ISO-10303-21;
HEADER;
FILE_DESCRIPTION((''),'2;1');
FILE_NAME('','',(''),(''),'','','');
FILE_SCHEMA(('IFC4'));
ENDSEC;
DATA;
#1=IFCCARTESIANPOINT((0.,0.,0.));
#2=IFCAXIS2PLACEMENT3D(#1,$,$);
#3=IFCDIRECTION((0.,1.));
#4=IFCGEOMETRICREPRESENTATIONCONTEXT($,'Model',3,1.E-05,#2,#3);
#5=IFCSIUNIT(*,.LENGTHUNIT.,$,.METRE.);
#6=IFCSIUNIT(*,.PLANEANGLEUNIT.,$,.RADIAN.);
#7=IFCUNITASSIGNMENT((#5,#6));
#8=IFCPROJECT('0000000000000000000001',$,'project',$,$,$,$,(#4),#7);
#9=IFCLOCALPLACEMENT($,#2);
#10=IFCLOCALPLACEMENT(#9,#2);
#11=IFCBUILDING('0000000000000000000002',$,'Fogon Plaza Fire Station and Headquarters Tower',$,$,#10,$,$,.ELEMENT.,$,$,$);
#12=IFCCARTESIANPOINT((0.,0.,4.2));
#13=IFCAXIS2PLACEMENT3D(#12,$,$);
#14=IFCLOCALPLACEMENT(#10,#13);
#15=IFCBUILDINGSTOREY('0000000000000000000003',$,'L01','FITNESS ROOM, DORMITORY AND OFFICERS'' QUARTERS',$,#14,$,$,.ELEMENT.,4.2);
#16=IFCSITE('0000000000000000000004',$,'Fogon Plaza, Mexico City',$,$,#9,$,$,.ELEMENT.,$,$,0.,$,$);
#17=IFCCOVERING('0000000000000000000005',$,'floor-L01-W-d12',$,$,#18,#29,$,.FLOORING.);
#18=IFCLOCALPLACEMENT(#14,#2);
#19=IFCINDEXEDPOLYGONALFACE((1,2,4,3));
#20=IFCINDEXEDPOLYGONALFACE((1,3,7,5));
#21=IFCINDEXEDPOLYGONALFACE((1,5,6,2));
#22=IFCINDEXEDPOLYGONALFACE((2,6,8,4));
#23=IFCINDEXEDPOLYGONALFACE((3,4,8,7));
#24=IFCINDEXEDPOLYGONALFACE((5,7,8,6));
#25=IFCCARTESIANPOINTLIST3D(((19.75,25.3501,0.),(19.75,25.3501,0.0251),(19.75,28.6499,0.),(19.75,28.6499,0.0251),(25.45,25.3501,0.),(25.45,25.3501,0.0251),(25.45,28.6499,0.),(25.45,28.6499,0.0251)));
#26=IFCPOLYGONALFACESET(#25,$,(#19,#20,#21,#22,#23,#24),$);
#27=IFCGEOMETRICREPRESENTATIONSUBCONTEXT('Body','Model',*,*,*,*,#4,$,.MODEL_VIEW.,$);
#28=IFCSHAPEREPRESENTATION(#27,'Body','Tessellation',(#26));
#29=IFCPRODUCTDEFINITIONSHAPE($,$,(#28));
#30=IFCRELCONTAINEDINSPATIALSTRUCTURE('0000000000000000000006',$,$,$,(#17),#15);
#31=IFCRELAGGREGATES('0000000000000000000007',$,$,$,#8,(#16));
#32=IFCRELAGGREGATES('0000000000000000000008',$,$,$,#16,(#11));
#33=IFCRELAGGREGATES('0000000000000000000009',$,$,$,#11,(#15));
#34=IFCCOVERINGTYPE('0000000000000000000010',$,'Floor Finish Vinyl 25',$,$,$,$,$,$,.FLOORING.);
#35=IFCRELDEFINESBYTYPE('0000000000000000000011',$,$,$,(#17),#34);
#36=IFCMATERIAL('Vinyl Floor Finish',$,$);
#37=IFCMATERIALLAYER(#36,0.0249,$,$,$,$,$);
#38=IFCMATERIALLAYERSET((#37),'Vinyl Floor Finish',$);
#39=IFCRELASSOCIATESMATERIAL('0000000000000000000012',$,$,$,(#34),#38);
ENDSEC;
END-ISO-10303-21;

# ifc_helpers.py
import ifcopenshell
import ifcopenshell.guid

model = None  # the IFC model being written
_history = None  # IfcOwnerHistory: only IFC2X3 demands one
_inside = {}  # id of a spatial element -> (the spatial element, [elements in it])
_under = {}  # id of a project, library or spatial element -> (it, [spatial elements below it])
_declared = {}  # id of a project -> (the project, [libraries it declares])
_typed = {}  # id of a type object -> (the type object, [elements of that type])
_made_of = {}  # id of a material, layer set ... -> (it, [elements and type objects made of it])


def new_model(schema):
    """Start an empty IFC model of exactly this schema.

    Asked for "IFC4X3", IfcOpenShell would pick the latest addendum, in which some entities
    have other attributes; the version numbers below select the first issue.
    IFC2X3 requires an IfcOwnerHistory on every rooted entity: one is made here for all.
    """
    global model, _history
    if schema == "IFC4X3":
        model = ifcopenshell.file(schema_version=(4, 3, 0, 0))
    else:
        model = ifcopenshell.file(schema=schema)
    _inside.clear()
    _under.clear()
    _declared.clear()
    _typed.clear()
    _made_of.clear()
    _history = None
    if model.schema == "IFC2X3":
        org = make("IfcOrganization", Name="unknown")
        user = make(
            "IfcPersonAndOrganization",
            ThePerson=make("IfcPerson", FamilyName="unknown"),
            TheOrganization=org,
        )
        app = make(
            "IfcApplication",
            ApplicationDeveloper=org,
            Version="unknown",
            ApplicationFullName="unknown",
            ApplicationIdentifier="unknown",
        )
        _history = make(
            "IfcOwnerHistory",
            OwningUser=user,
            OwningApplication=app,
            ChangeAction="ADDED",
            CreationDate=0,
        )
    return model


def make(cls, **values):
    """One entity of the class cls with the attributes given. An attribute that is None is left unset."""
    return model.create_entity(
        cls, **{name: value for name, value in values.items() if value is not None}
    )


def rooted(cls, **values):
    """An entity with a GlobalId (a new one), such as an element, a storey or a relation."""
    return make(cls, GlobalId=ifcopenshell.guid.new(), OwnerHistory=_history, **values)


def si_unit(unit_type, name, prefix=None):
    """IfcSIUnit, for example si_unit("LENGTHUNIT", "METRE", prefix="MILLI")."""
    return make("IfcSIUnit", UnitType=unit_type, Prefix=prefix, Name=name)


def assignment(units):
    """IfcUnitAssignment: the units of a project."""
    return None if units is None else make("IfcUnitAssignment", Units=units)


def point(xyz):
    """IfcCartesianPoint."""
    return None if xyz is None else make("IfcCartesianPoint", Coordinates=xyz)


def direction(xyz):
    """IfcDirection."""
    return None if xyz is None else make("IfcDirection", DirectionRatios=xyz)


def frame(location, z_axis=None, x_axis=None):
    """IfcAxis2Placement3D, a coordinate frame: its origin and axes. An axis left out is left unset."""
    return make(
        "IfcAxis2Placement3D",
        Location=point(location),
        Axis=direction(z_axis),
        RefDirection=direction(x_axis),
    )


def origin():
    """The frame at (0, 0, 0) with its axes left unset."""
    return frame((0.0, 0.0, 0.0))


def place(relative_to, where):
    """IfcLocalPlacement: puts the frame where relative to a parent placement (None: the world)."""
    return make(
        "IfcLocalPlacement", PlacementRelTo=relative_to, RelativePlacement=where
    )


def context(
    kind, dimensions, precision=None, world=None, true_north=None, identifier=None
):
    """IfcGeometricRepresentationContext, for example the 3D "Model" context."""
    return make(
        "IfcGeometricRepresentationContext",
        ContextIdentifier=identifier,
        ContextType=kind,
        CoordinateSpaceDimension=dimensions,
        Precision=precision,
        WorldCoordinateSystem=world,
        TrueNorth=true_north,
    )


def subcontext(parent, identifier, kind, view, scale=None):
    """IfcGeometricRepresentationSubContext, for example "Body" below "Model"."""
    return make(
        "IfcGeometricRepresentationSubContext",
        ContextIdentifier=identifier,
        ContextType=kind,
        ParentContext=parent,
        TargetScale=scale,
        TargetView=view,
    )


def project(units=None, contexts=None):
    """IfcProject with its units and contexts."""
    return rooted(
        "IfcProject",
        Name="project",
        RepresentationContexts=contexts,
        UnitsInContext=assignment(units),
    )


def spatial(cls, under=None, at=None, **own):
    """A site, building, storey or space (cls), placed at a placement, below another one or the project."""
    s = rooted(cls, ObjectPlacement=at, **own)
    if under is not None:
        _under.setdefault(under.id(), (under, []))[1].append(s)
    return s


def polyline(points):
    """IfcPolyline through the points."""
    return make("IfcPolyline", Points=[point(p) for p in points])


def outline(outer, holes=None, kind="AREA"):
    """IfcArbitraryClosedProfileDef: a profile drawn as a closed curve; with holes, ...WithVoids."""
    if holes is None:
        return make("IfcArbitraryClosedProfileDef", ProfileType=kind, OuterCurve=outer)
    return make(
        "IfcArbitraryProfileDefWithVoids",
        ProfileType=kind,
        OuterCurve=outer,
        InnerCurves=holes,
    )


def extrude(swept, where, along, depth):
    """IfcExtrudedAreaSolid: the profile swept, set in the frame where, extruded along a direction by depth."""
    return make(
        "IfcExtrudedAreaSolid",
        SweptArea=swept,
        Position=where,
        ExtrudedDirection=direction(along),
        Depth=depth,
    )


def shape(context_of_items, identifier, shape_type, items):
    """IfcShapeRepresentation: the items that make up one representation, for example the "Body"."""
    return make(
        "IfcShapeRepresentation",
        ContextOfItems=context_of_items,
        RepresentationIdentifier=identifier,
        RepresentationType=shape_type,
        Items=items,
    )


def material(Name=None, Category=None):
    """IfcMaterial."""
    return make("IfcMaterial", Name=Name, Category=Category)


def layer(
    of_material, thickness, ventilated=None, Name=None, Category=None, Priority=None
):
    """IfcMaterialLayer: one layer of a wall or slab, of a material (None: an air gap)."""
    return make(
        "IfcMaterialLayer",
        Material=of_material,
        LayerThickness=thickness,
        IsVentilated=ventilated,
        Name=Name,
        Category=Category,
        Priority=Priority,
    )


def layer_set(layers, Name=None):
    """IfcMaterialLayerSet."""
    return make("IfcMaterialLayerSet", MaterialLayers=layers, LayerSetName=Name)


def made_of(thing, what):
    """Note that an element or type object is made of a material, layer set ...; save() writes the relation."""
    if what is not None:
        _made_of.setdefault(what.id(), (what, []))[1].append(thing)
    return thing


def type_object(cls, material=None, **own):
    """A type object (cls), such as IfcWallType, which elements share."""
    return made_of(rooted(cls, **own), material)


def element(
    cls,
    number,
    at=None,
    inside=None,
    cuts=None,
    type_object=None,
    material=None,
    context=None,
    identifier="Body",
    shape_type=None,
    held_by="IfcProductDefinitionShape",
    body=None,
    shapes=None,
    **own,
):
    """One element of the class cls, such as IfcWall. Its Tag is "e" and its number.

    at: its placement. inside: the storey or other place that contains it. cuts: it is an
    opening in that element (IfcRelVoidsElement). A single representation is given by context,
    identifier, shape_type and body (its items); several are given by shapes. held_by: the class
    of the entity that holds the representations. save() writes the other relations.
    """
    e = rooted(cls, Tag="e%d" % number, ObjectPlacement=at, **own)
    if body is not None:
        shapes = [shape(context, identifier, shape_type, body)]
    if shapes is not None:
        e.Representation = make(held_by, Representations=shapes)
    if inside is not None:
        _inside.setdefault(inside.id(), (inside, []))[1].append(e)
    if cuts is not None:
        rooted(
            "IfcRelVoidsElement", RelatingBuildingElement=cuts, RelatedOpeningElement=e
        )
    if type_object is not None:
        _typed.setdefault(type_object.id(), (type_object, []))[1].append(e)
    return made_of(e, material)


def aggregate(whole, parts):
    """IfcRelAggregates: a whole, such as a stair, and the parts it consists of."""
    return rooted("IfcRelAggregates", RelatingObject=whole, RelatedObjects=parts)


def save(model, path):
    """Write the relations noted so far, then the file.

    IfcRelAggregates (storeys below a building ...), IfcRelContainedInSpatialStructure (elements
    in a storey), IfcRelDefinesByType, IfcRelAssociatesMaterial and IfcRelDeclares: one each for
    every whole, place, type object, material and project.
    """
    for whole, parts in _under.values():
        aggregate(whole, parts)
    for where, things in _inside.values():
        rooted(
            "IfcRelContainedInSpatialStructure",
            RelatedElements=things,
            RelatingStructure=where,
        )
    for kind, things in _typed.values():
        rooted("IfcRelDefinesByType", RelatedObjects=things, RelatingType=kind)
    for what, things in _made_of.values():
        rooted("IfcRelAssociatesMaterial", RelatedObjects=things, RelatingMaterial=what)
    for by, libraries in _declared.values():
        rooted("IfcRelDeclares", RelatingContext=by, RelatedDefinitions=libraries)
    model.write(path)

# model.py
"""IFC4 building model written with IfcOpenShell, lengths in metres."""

from ifc_helpers import new_model, si_unit, direction, frame, origin, place, context, subcontext, project, spatial, polyline, outline, extrude, material, layer, layer_set, type_object, element, save


model = new_model("IFC4")

# Units and contexts
model_context = context("Model", 3, precision=1e-05, world=origin(), true_north=direction((0.0, 1.0)))
body_context = subcontext(model_context, "Body", "Model", "MODEL_VIEW")
ifc_project = project(units=[si_unit("LENGTHUNIT", "METRE"), si_unit("PLANEANGLEUNIT", "RADIAN")], contexts=[model_context])

# Site, building, storey
site_placement = place(None, origin())
site = spatial("IfcSite", under=ifc_project, at=site_placement, Name="Fogon Plaza, Mexico City", CompositionType="ELEMENT", RefElevation=0.0)
building_placement = place(site_placement, origin())
building = spatial("IfcBuilding", under=site, at=building_placement, Name="Fogon Plaza Fire Station and Headquarters Tower", CompositionType="ELEMENT")
storey_placement = place(building_placement, frame((0.0, 0.0, 4.2)))
storey = spatial("IfcBuildingStorey", under=building, at=storey_placement, Name="L01", Description="FITNESS ROOM, DORMITORY AND OFFICERS' QUARTERS", CompositionType="ELEMENT", Elevation=4.2)

# Covering
ifc_material_1 = material(Name="Vinyl Floor Finish")
ifc_layer_1 = layer(ifc_material_1, 0.0249)
ifc_layer_set_1 = layer_set([ifc_layer_1], Name="Vinyl Floor Finish")
covering_type_1 = type_object("IfcCoveringType", Name="Floor Finish Vinyl 25", PredefinedType="FLOORING", material=ifc_layer_set_1)
covering_1_placement = place(storey_placement, origin())
element("IfcCovering", 1, at=covering_1_placement, inside=storey, type_object=covering_type_1, Name="floor-L01-W-d12", PredefinedType="FLOORING", context=body_context, shape_type="SweptSolid", body=[
    extrude(outline(polyline([(19.75, 25.3501), (19.75, 28.6499), (25.45, 28.6499), (25.45, 25.3501), (19.75, 25.3501)])), origin(), (0.0, 0.0, 1.0), 0.0251),
])

save(model, "model.ifc")
